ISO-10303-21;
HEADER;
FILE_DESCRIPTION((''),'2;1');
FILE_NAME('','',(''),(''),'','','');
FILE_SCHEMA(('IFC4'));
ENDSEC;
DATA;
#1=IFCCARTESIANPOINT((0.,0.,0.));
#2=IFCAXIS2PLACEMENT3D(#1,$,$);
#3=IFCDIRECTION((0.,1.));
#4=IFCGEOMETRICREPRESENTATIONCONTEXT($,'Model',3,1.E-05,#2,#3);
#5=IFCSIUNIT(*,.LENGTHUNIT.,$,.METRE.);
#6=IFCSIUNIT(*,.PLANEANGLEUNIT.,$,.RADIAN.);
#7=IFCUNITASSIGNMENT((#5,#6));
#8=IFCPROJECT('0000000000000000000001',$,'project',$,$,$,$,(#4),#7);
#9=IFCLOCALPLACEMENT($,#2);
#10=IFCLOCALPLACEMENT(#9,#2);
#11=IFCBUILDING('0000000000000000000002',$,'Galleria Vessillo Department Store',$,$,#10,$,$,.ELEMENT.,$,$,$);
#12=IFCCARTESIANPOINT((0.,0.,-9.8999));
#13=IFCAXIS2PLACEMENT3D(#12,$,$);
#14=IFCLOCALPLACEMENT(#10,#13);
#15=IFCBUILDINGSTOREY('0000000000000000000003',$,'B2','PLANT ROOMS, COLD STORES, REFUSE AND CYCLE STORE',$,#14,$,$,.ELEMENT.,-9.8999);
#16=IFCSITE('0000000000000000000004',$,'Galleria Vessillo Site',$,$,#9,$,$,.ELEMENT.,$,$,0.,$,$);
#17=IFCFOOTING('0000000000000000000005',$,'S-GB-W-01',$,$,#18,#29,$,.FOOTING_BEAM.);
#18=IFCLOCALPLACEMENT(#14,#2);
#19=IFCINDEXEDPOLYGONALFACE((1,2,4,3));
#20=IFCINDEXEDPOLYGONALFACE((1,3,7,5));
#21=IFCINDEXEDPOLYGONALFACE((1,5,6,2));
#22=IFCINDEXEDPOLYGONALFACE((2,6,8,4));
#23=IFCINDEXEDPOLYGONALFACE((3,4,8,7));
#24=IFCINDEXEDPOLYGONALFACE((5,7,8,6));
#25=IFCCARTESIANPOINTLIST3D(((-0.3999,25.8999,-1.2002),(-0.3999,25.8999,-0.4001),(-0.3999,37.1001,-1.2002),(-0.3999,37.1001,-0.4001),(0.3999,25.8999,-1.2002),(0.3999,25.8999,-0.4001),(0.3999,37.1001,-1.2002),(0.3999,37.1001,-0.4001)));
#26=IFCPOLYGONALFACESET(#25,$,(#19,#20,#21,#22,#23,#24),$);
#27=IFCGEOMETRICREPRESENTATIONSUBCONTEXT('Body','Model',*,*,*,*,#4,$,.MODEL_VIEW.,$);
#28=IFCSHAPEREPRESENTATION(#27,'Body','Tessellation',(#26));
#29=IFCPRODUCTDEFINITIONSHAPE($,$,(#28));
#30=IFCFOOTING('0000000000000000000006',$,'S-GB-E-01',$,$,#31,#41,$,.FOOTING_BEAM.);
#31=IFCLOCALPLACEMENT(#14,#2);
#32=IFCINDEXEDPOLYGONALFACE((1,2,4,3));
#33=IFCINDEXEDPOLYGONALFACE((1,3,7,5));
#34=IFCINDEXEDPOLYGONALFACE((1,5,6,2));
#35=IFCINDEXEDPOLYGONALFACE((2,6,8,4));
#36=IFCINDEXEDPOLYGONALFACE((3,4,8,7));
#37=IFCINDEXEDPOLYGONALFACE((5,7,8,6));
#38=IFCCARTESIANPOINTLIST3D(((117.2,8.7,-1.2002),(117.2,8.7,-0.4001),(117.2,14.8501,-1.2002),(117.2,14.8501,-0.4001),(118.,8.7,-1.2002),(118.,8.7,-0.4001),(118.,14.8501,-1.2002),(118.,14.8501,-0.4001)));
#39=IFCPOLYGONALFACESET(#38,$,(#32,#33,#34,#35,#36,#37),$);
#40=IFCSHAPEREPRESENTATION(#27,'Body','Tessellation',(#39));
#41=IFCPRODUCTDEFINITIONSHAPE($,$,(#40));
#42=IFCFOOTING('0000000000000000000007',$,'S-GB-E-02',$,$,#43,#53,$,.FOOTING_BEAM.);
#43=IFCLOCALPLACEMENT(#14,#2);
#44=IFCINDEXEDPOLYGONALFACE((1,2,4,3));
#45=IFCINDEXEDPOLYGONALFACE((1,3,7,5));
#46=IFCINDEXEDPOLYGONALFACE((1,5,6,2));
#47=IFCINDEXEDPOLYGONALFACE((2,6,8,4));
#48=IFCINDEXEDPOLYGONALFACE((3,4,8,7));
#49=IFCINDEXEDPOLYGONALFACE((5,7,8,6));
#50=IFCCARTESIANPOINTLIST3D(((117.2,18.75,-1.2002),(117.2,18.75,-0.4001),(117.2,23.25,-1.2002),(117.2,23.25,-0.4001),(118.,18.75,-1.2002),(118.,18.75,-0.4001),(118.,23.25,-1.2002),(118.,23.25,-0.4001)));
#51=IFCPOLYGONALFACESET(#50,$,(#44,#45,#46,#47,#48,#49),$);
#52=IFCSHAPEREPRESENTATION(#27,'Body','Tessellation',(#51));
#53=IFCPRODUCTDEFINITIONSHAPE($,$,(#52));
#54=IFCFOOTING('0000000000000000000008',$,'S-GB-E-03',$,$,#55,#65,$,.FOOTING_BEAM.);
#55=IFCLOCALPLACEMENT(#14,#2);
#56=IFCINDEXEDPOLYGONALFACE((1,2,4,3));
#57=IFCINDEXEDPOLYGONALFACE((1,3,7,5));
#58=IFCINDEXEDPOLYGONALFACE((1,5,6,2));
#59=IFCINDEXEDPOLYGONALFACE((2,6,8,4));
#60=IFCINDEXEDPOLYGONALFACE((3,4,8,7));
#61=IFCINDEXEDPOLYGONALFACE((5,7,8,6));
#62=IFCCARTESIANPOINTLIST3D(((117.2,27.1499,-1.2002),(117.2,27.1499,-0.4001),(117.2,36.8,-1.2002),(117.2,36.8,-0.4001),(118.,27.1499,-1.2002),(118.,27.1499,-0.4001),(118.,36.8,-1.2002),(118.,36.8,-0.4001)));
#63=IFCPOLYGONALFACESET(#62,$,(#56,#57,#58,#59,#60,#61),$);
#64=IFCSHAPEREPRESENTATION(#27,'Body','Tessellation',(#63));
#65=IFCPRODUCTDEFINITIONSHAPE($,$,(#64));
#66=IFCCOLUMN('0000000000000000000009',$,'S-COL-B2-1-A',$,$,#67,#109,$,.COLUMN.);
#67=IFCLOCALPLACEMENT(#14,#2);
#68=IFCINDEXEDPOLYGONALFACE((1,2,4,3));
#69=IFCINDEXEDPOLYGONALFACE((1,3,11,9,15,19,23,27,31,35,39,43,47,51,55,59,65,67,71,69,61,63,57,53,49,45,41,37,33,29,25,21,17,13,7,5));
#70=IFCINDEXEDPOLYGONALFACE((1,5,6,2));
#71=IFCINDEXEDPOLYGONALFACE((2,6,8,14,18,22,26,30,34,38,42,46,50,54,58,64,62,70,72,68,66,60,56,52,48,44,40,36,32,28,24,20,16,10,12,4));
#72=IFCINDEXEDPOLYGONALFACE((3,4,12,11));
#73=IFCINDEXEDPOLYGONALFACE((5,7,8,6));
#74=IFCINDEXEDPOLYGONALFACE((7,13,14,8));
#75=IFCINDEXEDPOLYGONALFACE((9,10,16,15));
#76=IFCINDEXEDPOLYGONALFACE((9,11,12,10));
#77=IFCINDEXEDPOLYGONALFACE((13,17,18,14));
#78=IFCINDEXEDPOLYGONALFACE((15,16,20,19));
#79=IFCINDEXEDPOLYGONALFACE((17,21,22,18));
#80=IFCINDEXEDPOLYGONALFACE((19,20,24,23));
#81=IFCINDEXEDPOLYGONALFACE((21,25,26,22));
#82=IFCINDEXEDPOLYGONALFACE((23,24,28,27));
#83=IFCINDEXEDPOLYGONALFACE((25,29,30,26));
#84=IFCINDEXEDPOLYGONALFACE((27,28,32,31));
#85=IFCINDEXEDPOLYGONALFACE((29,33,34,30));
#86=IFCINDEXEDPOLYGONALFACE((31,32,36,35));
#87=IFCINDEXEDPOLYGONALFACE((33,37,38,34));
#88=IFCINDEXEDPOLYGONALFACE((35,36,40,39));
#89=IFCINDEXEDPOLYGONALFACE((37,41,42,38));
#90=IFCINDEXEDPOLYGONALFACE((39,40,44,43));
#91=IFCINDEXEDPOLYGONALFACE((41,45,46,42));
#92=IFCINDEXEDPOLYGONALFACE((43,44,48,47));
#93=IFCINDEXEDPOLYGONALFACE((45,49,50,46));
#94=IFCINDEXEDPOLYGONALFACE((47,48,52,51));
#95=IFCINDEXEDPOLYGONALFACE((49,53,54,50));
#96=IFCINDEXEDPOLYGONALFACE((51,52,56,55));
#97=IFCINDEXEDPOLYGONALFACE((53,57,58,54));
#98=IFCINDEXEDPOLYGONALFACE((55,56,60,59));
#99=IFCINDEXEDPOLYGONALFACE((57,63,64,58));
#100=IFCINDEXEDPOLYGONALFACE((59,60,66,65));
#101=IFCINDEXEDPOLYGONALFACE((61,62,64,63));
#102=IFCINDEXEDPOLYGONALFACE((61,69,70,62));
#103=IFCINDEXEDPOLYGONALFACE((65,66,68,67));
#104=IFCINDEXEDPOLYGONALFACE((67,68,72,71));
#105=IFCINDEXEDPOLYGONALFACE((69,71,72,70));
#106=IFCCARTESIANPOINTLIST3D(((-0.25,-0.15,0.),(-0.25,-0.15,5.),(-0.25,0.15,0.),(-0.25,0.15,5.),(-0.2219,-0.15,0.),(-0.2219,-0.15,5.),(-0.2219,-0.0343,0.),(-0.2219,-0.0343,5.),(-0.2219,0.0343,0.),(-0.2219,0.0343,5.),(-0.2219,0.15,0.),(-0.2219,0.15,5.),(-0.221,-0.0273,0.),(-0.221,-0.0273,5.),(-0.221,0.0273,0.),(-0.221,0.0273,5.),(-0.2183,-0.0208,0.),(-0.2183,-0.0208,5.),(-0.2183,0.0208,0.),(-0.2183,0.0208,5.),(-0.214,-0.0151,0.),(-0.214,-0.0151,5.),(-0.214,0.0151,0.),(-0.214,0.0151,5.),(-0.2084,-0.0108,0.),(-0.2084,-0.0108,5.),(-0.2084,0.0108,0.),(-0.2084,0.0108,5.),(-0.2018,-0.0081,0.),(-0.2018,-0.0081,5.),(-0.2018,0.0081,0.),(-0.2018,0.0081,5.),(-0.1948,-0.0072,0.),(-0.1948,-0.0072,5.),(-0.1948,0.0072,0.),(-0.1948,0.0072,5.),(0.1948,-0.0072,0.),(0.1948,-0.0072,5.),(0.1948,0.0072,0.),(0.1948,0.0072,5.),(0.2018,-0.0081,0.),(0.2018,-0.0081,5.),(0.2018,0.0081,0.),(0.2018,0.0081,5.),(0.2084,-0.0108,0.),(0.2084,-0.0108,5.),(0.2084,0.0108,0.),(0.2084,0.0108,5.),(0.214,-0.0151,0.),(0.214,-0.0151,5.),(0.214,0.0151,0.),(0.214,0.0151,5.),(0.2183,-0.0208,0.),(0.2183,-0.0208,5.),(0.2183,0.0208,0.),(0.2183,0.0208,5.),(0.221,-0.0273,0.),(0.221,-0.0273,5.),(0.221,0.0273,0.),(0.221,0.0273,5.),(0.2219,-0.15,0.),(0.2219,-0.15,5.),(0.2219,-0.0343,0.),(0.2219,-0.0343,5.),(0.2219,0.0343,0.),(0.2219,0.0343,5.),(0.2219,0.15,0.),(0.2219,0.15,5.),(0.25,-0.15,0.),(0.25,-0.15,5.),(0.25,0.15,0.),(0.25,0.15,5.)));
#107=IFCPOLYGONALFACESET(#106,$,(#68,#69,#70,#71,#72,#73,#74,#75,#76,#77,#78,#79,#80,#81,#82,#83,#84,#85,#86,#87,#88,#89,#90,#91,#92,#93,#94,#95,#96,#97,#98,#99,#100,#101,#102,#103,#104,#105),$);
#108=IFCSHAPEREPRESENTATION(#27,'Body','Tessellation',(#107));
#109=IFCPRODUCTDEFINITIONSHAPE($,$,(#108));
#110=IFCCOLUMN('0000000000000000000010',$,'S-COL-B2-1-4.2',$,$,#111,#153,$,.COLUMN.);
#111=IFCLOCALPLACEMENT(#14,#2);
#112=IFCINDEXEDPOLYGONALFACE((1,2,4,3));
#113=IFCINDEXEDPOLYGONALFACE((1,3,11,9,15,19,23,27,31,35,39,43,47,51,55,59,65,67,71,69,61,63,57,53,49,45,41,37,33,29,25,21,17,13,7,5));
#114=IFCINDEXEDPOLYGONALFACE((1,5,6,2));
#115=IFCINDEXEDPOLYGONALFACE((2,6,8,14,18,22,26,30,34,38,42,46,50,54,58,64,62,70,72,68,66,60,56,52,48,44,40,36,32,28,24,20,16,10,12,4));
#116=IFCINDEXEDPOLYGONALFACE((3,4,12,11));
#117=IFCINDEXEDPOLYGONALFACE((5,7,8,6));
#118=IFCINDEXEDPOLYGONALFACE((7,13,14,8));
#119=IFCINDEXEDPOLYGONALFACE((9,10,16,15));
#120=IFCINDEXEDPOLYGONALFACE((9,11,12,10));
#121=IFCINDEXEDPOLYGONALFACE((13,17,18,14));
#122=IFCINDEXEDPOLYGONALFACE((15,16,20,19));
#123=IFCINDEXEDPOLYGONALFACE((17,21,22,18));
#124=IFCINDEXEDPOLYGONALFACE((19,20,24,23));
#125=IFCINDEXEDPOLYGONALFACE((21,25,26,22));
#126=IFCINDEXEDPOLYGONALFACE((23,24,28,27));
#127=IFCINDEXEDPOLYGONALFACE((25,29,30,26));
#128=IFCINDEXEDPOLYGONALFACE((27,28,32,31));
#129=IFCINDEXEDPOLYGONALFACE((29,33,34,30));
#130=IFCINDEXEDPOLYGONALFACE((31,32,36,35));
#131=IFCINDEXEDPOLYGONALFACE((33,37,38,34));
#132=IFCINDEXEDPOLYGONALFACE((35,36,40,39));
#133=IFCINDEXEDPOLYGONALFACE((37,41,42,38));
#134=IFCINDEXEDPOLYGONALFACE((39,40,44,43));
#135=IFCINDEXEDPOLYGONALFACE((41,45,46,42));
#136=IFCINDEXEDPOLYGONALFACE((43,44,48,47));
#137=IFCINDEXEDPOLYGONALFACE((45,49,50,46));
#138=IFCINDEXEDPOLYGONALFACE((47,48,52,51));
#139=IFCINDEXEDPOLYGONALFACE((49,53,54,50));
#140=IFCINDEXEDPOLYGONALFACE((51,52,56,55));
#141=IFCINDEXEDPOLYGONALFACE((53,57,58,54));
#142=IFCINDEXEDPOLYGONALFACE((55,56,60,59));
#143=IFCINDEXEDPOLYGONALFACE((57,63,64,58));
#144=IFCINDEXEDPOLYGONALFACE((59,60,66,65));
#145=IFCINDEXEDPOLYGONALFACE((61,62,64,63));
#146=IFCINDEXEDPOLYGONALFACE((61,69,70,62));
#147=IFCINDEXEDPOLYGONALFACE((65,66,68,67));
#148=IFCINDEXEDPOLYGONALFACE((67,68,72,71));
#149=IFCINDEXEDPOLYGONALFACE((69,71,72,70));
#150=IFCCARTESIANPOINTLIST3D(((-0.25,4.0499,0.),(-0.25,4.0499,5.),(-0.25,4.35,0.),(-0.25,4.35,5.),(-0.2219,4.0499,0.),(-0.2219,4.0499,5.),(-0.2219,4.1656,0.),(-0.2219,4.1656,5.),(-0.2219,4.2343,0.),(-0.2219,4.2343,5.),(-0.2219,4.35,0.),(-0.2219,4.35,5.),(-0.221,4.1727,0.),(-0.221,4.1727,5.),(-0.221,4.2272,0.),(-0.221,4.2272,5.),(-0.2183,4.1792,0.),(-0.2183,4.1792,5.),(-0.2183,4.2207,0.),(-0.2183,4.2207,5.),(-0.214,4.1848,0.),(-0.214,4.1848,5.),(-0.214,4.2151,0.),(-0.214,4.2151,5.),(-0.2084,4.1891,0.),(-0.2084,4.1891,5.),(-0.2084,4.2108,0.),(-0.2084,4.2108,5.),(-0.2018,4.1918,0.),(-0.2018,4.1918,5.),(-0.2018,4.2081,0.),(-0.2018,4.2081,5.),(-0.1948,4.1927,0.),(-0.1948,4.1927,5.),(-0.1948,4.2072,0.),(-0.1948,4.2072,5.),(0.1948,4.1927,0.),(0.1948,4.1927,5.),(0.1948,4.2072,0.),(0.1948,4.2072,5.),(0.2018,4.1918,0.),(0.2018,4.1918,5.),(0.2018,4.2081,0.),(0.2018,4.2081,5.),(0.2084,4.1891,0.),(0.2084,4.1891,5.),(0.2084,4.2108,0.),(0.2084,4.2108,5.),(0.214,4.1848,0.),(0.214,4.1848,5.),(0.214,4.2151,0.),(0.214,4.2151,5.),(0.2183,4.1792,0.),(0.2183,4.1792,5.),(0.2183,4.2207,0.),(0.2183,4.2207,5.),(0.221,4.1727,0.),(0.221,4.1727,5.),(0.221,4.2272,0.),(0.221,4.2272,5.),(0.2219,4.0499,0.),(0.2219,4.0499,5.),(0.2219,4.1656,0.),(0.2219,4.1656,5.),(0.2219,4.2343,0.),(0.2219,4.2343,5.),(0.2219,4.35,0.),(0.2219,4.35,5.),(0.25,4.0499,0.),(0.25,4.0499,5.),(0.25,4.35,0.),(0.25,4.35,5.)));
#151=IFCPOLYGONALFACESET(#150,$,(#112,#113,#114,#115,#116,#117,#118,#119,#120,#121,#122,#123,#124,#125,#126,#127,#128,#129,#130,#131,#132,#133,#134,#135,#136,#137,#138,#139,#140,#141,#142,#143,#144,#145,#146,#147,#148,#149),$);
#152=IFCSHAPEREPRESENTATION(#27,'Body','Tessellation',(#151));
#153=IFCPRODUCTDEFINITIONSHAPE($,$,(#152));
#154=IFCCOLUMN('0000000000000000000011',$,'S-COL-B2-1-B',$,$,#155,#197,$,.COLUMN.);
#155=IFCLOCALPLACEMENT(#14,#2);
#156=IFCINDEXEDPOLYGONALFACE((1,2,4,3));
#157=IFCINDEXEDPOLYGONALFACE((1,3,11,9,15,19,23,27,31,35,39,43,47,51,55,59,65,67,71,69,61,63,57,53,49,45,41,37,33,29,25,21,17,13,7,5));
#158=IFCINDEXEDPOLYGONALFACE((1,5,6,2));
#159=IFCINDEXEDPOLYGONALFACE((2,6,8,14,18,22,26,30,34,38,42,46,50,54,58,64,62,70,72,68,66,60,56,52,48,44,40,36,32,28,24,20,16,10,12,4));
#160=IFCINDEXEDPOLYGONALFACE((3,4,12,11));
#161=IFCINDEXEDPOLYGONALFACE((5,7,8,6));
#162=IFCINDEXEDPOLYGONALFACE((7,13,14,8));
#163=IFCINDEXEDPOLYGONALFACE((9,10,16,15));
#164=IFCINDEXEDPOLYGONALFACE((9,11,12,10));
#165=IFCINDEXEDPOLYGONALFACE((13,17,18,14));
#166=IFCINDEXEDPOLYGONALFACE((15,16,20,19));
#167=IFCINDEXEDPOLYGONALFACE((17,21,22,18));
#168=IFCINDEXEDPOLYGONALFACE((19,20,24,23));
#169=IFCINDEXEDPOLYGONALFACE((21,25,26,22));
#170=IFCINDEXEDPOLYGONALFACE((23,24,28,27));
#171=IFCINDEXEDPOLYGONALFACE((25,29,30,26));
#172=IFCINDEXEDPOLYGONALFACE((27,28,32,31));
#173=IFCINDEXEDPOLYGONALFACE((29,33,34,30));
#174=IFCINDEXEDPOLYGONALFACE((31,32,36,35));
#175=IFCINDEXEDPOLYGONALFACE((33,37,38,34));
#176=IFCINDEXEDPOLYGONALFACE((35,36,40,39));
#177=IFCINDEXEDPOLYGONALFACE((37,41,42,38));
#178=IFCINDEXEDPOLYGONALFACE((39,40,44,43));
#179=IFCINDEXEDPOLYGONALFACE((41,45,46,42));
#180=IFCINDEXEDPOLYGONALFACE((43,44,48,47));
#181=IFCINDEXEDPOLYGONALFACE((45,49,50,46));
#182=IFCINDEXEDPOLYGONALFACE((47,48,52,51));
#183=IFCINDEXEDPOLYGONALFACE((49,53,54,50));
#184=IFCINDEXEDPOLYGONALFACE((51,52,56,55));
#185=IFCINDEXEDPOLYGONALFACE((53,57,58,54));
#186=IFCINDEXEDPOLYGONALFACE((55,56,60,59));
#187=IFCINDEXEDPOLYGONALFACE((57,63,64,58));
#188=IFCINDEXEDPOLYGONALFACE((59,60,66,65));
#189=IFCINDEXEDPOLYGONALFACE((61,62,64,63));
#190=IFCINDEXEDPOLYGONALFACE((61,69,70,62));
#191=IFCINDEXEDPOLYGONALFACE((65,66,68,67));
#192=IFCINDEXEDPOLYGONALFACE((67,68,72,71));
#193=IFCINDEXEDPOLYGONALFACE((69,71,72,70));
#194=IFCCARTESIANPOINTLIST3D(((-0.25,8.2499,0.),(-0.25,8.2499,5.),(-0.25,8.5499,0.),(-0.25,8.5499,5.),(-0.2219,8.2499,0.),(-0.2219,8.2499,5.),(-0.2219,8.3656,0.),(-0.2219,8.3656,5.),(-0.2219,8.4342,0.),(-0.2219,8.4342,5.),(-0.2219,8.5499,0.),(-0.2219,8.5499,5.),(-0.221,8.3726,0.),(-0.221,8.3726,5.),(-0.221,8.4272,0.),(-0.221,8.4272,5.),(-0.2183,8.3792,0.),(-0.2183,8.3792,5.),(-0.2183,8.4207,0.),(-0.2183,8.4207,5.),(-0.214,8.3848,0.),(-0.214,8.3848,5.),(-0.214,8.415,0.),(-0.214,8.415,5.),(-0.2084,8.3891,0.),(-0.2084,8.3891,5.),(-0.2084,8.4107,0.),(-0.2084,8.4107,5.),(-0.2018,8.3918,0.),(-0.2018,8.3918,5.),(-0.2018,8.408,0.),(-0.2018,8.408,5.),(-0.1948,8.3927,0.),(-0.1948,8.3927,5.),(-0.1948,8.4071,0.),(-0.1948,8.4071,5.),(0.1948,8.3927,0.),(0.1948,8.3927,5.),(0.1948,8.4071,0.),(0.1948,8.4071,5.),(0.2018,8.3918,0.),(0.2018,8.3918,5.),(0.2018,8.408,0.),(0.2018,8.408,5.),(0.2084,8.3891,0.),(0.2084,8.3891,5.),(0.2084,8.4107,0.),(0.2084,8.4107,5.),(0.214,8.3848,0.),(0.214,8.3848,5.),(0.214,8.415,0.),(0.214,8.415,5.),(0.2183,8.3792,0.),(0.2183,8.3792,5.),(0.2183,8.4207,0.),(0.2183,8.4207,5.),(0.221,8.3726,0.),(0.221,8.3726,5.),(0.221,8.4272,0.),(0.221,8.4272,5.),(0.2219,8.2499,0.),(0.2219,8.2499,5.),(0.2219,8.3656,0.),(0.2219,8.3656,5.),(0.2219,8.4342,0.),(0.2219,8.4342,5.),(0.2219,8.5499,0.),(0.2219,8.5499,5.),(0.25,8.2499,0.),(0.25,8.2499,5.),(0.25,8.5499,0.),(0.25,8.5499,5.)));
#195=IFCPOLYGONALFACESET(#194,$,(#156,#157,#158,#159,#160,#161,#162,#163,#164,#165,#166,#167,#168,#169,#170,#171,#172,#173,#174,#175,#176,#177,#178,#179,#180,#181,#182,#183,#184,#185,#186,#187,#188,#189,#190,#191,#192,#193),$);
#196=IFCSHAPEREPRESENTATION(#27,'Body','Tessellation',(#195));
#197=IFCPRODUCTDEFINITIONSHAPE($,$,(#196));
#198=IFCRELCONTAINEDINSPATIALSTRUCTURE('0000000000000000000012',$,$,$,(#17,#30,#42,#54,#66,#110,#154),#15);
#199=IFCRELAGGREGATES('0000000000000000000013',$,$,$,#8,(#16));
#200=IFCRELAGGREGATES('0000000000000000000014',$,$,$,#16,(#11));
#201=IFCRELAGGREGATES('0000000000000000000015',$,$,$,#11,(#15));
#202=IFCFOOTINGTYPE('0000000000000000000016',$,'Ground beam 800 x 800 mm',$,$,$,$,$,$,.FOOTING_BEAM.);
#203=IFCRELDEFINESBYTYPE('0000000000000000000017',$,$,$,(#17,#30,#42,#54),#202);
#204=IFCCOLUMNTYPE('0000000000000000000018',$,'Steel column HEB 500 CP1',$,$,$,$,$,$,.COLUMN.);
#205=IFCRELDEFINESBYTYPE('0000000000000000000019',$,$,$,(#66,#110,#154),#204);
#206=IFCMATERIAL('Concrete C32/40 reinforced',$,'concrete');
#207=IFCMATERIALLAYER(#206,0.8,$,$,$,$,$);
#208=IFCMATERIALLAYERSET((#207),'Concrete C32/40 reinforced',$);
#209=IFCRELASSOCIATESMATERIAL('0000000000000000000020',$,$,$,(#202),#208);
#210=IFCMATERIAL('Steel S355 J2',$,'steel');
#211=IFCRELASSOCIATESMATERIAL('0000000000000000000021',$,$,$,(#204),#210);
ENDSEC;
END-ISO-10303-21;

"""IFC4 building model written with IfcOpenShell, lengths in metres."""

from ifc_helpers import new_model, si_unit, direction, frame, origin, origin_2d, place, context, subcontext, project, spatial, polyline, i_section, outline, extrude, material, layer, layer_set, material_profile, profile_set, type_object, element, save


model = new_model("IFC4")

# Units and contexts
model_context = context("Model", 3, precision=1e-05, world=origin(), true_north=direction((0.0, 1.0)))
body_context = subcontext(model_context, "Body", "Model", "MODEL_VIEW")
ifc_project = project(units=[si_unit("LENGTHUNIT", "METRE"), si_unit("PLANEANGLEUNIT", "RADIAN")], contexts=[model_context])

# Site, building, storey
site_placement = place(None, origin())
site = spatial("IfcSite", under=ifc_project, at=site_placement, Name="Galleria Vessillo Site", CompositionType="ELEMENT", RefElevation=0.0)
building_placement = place(site_placement, origin())
building = spatial("IfcBuilding", under=site, at=building_placement, Name="Galleria Vessillo Department Store", CompositionType="ELEMENT")
storey_placement = place(building_placement, frame((0.0, 0.0, -9.8999)))
storey = spatial("IfcBuildingStorey", under=building, at=storey_placement, Name="B2", Description="PLANT ROOMS, COLD STORES, REFUSE AND CYCLE STORE", CompositionType="ELEMENT", Elevation=-9.8999)

# Footings
ifc_material_1 = material(Name="Concrete C32/40 reinforced", Category="concrete")
ifc_layer_1 = layer(ifc_material_1, 0.8)
ifc_layer_set_1 = layer_set([ifc_layer_1], Name="Concrete C32/40 reinforced")
footing_type = type_object("IfcFootingType", Name="Ground beam 800 x 800 mm", PredefinedType="FOOTING_BEAM", material=ifc_layer_set_1)
footing_1_placement = place(storey_placement, frame((0.0, 0.0, -1.2002)))
element("IfcFooting", 1, at=footing_1_placement, inside=storey, type_object=footing_type, Name="S-GB-W-01", PredefinedType="FOOTING_BEAM", context=body_context, shape_type="SweptSolid", body=[
    extrude(outline(polyline([(-0.3999, 25.8999), (0.3999, 25.8999), (0.3999, 37.1001), (-0.3999, 37.1001), (-0.3999, 25.8999)])), origin(), (0.0, 0.0, 1.0), 0.8),
])
footing_2_placement = place(storey_placement, frame((0.0, 0.0, -1.2002)))
element("IfcFooting", 2, at=footing_2_placement, inside=storey, type_object=footing_type, Name="S-GB-E-01", PredefinedType="FOOTING_BEAM", context=body_context, shape_type="SweptSolid", body=[
    extrude(outline(polyline([(117.2, 8.7), (118.0, 8.7), (118.0, 14.8501), (117.2, 14.8501), (117.2, 8.7)])), origin(), (0.0, 0.0, 1.0), 0.8),
])
footing_3_placement = place(storey_placement, frame((0.0, 0.0, -1.2002)))
element("IfcFooting", 3, at=footing_3_placement, inside=storey, type_object=footing_type, Name="S-GB-E-02", PredefinedType="FOOTING_BEAM", context=body_context, shape_type="SweptSolid", body=[
    extrude(outline(polyline([(117.2, 18.75), (118.0, 18.75), (118.0, 23.25), (117.2, 23.25), (117.2, 18.75)])), origin(), (0.0, 0.0, 1.0), 0.8),
])
footing_4_placement = place(storey_placement, frame((0.0, 0.0, -1.2002)))
element("IfcFooting", 4, at=footing_4_placement, inside=storey, type_object=footing_type, Name="S-GB-E-03", PredefinedType="FOOTING_BEAM", context=body_context, shape_type="SweptSolid", body=[
    extrude(outline(polyline([(117.2, 27.1499), (118.0, 27.1499), (118.0, 36.8), (117.2, 36.8), (117.2, 27.1499)])), origin(), (0.0, 0.0, 1.0), 0.8),
])

# Columns
ifc_material_2 = material(Name="Steel S355 J2", Category="steel")
ifc_material_profile_1 = material_profile(ifc_material_2, i_section(OverallWidth=0.3, OverallDepth=0.5, WebThickness=0.0144, FlangeThickness=0.0281, FilletRadius=0.0271, at=origin_2d()), Name="HEB 500")
ifc_profile_set_1 = profile_set([ifc_material_profile_1], Name="Steel S355 J2")
column_type = type_object("IfcColumnType", Name="Steel column HEB 500 CP1", PredefinedType="COLUMN", material=ifc_profile_set_1)
for number, where, z_axis, x_axis, name in (
    (5, (0.0, 0.0, 0.0), (0.0, 0.0, 1.0), (0.0, 1.0, 0.0), "S-COL-B2-1-A"),
    (6, (0.0, 4.2, 0.0), (0.0, 0.0, 1.0), (0.0, 1.0, 0.0), "S-COL-B2-1-4.2"),
    (7, (0.0, 8.3999, 0.0), (0.0, 0.0, 1.0), (0.0, 1.0, 0.0), "S-COL-B2-1-B"),
):
    element("IfcColumn", number, at=place(storey_placement, frame(where, z_axis=z_axis, x_axis=x_axis)), inside=storey, type_object=column_type, Name=name, PredefinedType="COLUMN", context=body_context, shape_type="SweptSolid", body=[
        extrude(i_section(OverallWidth=0.3, OverallDepth=0.5, WebThickness=0.0144, FlangeThickness=0.0281, FilletRadius=0.0271, at=origin_2d()), origin(), (0.0, 0.0, 1.0), 5.0),
    ])

save(model, "model.ifc")
